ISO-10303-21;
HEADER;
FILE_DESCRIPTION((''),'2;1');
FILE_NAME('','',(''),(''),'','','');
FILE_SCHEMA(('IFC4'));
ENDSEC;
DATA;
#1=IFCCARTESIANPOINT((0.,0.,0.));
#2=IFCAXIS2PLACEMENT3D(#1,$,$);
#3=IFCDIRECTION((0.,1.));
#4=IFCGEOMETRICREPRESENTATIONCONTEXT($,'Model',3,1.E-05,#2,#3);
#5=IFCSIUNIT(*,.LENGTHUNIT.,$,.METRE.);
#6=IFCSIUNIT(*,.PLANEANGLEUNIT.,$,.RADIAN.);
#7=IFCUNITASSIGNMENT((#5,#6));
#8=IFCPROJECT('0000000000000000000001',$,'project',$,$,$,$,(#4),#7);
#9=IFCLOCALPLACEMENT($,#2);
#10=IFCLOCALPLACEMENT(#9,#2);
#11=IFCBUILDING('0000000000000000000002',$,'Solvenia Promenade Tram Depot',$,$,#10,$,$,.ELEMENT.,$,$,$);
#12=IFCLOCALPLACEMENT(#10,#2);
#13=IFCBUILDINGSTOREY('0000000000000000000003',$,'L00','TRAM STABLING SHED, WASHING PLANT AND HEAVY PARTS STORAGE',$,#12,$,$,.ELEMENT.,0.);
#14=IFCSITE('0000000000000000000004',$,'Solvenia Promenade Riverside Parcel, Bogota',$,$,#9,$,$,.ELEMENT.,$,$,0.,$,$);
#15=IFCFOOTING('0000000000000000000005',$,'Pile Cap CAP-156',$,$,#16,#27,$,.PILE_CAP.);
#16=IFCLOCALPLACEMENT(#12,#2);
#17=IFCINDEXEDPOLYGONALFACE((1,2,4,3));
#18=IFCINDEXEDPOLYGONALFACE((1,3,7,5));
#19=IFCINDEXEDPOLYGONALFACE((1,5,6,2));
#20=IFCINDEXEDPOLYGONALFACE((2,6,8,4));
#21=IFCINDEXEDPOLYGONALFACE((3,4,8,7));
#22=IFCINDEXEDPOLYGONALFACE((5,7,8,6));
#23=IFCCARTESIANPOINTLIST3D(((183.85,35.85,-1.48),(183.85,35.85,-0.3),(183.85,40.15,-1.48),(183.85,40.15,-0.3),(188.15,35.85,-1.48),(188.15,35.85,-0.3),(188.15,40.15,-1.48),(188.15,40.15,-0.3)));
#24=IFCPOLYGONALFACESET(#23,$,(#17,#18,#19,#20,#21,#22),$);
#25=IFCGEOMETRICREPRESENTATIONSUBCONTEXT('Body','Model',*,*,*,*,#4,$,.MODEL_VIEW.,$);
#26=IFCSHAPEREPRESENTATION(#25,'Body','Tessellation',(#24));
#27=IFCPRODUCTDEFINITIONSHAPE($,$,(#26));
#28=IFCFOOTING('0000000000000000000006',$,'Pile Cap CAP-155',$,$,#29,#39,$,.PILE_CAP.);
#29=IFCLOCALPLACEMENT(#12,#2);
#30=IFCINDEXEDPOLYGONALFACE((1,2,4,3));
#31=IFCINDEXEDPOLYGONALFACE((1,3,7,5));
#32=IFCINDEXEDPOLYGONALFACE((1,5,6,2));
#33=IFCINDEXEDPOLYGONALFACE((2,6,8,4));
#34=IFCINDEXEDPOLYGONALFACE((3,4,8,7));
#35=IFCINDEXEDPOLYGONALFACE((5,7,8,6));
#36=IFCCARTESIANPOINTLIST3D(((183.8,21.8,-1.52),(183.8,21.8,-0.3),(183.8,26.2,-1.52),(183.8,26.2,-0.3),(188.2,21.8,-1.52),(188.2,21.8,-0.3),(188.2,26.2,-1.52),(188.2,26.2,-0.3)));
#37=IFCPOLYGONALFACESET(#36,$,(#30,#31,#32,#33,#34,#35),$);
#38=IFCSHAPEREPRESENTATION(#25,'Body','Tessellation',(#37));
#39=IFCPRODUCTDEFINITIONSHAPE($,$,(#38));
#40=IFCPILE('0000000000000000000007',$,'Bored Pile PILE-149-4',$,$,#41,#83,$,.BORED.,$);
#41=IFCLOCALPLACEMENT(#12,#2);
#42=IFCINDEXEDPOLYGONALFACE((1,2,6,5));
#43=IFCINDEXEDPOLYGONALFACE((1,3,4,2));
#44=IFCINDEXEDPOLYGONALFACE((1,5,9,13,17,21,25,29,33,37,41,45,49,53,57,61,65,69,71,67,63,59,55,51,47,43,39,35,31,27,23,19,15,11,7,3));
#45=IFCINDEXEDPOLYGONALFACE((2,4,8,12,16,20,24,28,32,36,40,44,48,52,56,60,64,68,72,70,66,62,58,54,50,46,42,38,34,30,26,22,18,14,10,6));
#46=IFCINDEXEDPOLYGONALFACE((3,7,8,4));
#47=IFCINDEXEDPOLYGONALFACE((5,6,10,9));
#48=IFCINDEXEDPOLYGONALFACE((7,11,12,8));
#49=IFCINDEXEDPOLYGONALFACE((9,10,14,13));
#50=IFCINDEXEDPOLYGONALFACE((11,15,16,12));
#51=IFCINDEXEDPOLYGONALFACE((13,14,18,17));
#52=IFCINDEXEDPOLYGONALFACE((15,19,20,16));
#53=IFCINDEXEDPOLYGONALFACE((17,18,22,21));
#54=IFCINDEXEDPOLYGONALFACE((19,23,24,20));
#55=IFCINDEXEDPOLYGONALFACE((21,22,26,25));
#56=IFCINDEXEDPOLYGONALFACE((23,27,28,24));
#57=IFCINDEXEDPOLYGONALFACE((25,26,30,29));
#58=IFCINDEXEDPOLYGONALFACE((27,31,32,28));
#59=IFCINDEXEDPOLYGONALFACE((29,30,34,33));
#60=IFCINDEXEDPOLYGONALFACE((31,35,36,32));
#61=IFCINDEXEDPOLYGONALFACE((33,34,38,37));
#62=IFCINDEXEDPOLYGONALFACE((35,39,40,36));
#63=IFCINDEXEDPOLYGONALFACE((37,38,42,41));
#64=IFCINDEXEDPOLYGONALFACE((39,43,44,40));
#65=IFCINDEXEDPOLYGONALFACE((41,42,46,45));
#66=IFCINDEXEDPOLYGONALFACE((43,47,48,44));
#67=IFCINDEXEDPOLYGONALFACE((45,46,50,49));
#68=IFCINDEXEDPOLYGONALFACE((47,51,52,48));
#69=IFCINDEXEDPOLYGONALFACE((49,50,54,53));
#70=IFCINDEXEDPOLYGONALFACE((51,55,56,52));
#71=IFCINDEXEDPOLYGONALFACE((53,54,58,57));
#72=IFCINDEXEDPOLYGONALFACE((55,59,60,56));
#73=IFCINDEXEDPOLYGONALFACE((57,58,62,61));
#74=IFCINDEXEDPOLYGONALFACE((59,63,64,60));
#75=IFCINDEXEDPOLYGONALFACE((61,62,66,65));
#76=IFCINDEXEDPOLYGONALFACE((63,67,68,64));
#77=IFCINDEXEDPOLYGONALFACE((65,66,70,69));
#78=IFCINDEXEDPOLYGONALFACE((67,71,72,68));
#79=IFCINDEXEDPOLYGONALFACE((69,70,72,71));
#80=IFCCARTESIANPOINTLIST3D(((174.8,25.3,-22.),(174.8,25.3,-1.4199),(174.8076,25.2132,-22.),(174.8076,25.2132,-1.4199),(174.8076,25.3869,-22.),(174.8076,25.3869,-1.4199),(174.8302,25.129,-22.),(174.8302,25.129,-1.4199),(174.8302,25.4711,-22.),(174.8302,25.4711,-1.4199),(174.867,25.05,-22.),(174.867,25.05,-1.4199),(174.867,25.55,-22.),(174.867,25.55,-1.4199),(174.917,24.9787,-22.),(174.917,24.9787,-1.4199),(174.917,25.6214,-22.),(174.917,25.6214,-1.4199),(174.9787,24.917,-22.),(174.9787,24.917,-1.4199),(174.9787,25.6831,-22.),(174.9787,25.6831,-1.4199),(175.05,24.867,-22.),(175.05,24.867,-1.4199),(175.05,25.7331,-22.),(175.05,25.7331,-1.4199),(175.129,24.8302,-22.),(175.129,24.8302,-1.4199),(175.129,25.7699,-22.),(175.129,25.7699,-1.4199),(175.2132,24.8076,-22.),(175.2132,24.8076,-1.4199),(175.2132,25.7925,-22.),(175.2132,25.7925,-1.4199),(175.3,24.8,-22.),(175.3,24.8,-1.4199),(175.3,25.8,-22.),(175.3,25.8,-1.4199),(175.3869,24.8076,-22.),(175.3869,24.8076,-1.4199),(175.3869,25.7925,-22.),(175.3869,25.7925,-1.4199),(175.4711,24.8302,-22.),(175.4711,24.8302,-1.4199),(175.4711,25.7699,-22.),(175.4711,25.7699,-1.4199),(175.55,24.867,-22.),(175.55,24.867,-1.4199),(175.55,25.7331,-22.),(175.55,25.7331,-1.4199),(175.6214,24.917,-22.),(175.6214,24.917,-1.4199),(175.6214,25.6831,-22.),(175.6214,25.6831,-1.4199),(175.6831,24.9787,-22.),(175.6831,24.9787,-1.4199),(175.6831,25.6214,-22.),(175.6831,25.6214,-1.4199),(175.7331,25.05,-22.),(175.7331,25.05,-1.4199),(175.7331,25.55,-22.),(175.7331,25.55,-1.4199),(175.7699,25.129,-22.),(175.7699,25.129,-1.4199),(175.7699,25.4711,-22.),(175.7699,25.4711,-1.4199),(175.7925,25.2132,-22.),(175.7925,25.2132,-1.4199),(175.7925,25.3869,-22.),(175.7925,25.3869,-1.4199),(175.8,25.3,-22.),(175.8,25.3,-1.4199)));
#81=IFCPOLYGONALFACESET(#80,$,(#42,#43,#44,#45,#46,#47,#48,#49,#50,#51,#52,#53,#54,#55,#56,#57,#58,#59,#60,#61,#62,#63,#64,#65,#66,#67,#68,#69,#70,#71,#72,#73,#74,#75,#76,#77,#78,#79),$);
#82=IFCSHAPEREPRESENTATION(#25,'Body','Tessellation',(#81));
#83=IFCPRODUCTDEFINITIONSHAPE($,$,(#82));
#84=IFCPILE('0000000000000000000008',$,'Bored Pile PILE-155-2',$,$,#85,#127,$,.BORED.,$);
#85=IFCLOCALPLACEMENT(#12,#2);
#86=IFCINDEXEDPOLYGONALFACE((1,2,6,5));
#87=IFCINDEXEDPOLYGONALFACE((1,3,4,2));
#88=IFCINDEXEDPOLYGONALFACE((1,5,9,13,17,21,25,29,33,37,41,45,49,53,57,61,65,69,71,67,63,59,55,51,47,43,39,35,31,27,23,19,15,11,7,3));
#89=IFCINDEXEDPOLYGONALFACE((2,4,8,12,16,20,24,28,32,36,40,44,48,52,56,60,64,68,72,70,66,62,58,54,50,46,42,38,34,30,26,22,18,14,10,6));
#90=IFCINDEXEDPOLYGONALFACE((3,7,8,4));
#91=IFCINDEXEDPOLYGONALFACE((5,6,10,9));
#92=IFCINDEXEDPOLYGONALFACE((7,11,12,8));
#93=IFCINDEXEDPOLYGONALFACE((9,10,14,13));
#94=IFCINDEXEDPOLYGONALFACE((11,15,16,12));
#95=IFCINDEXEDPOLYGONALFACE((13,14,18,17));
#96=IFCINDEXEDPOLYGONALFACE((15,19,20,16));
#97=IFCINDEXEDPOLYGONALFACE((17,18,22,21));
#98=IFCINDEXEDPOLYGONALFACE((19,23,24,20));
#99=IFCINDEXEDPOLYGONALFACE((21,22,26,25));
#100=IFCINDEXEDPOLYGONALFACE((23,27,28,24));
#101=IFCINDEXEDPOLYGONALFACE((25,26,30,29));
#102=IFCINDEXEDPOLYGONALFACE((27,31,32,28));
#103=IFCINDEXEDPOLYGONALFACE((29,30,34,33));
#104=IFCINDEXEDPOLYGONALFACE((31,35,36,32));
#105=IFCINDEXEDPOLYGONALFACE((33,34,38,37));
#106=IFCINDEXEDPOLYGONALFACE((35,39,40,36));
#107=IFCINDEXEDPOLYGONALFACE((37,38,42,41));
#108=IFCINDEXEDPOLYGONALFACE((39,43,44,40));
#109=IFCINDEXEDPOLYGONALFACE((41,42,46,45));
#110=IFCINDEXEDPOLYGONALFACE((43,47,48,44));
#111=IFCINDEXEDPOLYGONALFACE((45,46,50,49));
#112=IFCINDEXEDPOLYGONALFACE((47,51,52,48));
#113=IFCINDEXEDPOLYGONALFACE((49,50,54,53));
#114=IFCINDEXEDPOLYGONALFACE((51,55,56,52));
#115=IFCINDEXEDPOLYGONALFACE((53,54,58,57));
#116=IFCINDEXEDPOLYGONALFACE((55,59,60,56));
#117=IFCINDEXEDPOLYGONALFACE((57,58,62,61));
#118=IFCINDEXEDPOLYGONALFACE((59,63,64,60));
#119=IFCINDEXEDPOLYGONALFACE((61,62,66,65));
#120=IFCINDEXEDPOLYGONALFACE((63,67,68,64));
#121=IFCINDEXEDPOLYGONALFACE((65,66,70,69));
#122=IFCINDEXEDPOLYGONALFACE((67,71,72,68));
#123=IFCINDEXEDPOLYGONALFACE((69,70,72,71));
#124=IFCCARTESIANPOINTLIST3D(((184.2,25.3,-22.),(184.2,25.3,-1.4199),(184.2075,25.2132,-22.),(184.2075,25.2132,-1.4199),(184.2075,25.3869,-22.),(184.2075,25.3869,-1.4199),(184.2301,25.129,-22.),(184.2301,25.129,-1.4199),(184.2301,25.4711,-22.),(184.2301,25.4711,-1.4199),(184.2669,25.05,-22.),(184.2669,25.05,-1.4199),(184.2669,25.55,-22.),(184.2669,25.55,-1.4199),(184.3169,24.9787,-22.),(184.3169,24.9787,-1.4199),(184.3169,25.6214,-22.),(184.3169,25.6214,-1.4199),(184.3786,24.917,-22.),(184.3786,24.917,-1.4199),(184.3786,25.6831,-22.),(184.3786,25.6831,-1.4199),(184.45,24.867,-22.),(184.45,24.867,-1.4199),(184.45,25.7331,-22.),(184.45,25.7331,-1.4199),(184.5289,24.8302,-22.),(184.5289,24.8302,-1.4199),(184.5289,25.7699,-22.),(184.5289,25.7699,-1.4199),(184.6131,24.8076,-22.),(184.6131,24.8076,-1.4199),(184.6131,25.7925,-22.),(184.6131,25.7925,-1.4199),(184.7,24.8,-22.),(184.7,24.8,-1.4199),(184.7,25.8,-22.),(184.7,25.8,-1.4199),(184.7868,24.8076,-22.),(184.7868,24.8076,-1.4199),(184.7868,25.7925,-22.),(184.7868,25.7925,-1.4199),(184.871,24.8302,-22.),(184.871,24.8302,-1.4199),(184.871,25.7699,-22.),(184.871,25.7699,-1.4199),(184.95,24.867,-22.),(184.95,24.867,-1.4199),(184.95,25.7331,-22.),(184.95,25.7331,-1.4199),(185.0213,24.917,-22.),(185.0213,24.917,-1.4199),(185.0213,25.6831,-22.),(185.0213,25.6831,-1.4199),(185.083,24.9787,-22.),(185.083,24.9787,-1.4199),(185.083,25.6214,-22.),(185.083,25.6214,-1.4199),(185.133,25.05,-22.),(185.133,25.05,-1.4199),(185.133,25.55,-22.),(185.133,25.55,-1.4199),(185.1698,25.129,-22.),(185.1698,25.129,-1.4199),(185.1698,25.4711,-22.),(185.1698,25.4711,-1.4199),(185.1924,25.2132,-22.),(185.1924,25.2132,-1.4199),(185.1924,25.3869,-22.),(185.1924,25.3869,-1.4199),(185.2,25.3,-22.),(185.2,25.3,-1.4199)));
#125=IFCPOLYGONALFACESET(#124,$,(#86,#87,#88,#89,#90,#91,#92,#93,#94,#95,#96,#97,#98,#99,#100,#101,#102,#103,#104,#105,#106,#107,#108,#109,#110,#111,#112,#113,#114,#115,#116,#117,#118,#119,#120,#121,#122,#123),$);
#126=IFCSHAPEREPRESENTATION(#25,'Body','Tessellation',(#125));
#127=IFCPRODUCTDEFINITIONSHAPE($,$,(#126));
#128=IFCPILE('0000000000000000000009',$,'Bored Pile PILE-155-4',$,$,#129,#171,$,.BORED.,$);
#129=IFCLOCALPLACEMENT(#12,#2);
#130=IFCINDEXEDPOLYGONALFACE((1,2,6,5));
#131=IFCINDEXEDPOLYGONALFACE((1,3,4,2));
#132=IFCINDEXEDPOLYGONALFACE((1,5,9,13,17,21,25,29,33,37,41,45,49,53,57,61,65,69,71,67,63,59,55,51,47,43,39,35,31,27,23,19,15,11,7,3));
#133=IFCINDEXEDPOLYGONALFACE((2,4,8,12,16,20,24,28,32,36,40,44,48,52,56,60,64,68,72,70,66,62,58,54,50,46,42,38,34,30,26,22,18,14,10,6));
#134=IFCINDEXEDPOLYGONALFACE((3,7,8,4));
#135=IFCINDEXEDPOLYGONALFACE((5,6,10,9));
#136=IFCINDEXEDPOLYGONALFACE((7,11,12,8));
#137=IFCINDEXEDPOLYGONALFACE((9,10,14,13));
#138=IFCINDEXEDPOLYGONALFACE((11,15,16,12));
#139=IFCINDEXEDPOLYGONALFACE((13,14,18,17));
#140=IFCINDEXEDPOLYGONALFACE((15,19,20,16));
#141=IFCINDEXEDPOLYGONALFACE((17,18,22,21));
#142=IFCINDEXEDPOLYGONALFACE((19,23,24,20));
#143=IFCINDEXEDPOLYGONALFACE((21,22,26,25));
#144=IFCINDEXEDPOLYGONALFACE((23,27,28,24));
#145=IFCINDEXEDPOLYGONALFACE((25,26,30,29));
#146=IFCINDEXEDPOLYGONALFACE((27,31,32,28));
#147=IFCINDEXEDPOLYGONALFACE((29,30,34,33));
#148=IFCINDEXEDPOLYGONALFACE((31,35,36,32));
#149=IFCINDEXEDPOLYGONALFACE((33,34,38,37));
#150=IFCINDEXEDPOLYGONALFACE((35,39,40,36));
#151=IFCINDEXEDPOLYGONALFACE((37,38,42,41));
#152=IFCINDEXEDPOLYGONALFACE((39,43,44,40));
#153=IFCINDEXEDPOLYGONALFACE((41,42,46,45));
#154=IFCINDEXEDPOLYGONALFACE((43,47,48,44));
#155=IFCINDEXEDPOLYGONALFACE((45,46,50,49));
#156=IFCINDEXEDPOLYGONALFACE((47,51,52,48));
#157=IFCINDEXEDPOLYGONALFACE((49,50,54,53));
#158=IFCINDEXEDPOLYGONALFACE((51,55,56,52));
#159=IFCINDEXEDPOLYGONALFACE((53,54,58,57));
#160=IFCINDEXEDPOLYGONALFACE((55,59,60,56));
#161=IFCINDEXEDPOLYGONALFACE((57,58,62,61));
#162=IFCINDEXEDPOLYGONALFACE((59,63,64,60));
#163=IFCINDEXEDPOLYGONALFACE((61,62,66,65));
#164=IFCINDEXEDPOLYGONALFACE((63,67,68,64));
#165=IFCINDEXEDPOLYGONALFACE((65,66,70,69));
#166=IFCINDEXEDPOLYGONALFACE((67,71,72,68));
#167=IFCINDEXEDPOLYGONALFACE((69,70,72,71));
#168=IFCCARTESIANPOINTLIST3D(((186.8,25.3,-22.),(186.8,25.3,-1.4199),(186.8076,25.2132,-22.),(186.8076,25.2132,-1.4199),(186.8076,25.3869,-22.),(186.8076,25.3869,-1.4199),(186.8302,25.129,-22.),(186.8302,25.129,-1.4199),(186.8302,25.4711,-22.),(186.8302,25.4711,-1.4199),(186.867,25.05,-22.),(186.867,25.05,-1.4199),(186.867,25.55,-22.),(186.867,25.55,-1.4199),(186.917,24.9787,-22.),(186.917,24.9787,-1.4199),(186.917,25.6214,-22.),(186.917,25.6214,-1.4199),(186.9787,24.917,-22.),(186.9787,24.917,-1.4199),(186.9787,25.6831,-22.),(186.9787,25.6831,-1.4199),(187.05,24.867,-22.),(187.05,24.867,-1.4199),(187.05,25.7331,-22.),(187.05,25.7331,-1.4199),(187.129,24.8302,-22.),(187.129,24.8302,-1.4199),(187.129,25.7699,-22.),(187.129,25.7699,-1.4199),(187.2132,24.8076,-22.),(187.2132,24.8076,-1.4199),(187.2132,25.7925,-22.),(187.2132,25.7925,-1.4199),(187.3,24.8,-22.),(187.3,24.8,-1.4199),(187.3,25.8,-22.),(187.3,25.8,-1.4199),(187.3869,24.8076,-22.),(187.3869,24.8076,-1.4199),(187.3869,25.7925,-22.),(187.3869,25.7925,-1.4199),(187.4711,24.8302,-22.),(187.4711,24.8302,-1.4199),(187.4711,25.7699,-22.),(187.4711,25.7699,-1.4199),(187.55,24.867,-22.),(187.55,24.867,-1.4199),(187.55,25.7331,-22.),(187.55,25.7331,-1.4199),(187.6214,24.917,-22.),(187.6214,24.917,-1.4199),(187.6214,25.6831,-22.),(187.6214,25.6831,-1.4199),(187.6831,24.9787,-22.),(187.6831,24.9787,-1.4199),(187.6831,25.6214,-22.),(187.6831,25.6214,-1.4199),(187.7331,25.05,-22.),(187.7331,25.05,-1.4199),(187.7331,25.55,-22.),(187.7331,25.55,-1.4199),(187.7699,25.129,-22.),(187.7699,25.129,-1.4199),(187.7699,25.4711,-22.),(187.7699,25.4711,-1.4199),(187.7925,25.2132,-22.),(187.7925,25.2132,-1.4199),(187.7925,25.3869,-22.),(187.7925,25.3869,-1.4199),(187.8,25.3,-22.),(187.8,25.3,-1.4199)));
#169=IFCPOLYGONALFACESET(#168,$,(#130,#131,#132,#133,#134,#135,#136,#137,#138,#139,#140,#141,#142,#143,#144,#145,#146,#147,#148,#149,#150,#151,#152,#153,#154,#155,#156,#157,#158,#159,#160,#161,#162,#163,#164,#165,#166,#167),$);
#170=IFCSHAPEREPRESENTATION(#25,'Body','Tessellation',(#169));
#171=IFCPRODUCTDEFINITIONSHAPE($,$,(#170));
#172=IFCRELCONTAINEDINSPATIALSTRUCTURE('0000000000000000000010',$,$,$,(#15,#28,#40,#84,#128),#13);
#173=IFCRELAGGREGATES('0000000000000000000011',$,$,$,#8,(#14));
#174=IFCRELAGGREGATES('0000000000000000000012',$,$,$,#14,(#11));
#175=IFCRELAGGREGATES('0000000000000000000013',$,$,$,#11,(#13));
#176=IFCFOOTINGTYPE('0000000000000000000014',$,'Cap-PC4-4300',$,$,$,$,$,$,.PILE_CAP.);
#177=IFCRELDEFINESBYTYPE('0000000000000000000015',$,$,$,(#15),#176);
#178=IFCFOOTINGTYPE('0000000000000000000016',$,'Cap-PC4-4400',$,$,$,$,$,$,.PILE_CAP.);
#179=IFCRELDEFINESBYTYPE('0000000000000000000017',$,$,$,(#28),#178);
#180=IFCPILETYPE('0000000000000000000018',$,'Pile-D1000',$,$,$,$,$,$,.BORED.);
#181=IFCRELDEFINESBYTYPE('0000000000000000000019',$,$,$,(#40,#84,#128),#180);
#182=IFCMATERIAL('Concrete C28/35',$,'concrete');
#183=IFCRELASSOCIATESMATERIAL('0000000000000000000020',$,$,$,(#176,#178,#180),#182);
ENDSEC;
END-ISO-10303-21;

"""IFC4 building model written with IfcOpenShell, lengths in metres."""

from ifc_helpers import new_model, si_unit, direction, frame, origin, origin_2d, place, context, subcontext, project, spatial, rectangle, circle, extrude, material, material_profile, profile_set, type_object, element, save


model = new_model("IFC4")

# Units and contexts
model_context = context("Model", 3, precision=1e-05, world=origin(), true_north=direction((0.0, 1.0)))
body_context = subcontext(model_context, "Body", "Model", "MODEL_VIEW")
ifc_project = project(units=[si_unit("LENGTHUNIT", "METRE"), si_unit("PLANEANGLEUNIT", "RADIAN")], contexts=[model_context])

# Site, building, storey
site_placement = place(None, origin())
site = spatial("IfcSite", under=ifc_project, at=site_placement, Name="Solvenia Promenade Riverside Parcel, Bogota", CompositionType="ELEMENT", RefElevation=0.0)
building_placement = place(site_placement, origin())
building = spatial("IfcBuilding", under=site, at=building_placement, Name="Solvenia Promenade Tram Depot", CompositionType="ELEMENT")
storey_placement = place(building_placement, origin())
storey = spatial("IfcBuildingStorey", under=building, at=storey_placement, Name="L00", Description="TRAM STABLING SHED, WASHING PLANT AND HEAVY PARTS STORAGE", CompositionType="ELEMENT", Elevation=0.0)

# Footings
ifc_material_1 = material(Name="Concrete C28/35", Category="concrete")
footing_type_1 = type_object("IfcFootingType", Name="Cap-PC4-4300", PredefinedType="PILE_CAP", material=ifc_material_1)
footing_1_placement = place(storey_placement, frame((186.0, 38.0, -1.48), z_axis=(0.0, 0.0, 1.0), x_axis=(1.0, 0.0, 0.0)))
element("IfcFooting", 1, at=footing_1_placement, inside=storey, type_object=footing_type_1, Name="Pile Cap CAP-156", PredefinedType="PILE_CAP", context=body_context, shape_type="SweptSolid", body=[
    extrude(rectangle(XDim=4.3, YDim=4.3, at=origin_2d()), origin(), (0.0, 0.0, 1.0), 1.1799),
])
footing_type_2 = type_object("IfcFootingType", Name="Cap-PC4-4400", PredefinedType="PILE_CAP", material=ifc_material_1)
footing_2_placement = place(storey_placement, frame((186.0, 24.0, -1.52), z_axis=(0.0, 0.0, 1.0), x_axis=(1.0, 0.0, 0.0)))
element("IfcFooting", 2, at=footing_2_placement, inside=storey, type_object=footing_type_2, Name="Pile Cap CAP-155", PredefinedType="PILE_CAP", context=body_context, shape_type="SweptSolid", body=[
    extrude(rectangle(XDim=4.3999, YDim=4.3999, at=origin_2d()), origin(), (0.0, 0.0, 1.0), 1.22),
])

# Piles
ifc_material_profile_1 = material_profile(ifc_material_1, circle(Radius=0.5, at=origin_2d()), Name="D1000", Category="concrete")
ifc_profile_set_1 = profile_set([ifc_material_profile_1], Name="Concrete C28/35")
pile_type_1 = type_object("IfcPileType", Name="Pile-D1000", PredefinedType="BORED", material=ifc_profile_set_1)
for number, where, z_axis, x_axis, name in (
    (3, (175.3, 25.3, -1.4199), (0.0, 0.0, -1.0), (1.0, 0.0, 0.0), "Bored Pile PILE-149-4"),
    (4, (184.7, 25.3, -1.4199), (0.0, 0.0, -1.0), (1.0, 0.0, 0.0), "Bored Pile PILE-155-2"),
    (5, (187.3, 25.3, -1.4199), (0.0, 0.0, -1.0), (1.0, 0.0, 0.0), "Bored Pile PILE-155-4"),
):
    element("IfcPile", number, at=place(storey_placement, frame(where, z_axis=z_axis, x_axis=x_axis)), inside=storey, type_object=pile_type_1, Name=name, PredefinedType="BORED", context=body_context, shape_type="SweptSolid", body=[
        extrude(circle(Radius=0.5, at=origin_2d()), origin(), (0.0, 0.0, 1.0), 20.5801),
    ])

save(model, "model.ifc")
